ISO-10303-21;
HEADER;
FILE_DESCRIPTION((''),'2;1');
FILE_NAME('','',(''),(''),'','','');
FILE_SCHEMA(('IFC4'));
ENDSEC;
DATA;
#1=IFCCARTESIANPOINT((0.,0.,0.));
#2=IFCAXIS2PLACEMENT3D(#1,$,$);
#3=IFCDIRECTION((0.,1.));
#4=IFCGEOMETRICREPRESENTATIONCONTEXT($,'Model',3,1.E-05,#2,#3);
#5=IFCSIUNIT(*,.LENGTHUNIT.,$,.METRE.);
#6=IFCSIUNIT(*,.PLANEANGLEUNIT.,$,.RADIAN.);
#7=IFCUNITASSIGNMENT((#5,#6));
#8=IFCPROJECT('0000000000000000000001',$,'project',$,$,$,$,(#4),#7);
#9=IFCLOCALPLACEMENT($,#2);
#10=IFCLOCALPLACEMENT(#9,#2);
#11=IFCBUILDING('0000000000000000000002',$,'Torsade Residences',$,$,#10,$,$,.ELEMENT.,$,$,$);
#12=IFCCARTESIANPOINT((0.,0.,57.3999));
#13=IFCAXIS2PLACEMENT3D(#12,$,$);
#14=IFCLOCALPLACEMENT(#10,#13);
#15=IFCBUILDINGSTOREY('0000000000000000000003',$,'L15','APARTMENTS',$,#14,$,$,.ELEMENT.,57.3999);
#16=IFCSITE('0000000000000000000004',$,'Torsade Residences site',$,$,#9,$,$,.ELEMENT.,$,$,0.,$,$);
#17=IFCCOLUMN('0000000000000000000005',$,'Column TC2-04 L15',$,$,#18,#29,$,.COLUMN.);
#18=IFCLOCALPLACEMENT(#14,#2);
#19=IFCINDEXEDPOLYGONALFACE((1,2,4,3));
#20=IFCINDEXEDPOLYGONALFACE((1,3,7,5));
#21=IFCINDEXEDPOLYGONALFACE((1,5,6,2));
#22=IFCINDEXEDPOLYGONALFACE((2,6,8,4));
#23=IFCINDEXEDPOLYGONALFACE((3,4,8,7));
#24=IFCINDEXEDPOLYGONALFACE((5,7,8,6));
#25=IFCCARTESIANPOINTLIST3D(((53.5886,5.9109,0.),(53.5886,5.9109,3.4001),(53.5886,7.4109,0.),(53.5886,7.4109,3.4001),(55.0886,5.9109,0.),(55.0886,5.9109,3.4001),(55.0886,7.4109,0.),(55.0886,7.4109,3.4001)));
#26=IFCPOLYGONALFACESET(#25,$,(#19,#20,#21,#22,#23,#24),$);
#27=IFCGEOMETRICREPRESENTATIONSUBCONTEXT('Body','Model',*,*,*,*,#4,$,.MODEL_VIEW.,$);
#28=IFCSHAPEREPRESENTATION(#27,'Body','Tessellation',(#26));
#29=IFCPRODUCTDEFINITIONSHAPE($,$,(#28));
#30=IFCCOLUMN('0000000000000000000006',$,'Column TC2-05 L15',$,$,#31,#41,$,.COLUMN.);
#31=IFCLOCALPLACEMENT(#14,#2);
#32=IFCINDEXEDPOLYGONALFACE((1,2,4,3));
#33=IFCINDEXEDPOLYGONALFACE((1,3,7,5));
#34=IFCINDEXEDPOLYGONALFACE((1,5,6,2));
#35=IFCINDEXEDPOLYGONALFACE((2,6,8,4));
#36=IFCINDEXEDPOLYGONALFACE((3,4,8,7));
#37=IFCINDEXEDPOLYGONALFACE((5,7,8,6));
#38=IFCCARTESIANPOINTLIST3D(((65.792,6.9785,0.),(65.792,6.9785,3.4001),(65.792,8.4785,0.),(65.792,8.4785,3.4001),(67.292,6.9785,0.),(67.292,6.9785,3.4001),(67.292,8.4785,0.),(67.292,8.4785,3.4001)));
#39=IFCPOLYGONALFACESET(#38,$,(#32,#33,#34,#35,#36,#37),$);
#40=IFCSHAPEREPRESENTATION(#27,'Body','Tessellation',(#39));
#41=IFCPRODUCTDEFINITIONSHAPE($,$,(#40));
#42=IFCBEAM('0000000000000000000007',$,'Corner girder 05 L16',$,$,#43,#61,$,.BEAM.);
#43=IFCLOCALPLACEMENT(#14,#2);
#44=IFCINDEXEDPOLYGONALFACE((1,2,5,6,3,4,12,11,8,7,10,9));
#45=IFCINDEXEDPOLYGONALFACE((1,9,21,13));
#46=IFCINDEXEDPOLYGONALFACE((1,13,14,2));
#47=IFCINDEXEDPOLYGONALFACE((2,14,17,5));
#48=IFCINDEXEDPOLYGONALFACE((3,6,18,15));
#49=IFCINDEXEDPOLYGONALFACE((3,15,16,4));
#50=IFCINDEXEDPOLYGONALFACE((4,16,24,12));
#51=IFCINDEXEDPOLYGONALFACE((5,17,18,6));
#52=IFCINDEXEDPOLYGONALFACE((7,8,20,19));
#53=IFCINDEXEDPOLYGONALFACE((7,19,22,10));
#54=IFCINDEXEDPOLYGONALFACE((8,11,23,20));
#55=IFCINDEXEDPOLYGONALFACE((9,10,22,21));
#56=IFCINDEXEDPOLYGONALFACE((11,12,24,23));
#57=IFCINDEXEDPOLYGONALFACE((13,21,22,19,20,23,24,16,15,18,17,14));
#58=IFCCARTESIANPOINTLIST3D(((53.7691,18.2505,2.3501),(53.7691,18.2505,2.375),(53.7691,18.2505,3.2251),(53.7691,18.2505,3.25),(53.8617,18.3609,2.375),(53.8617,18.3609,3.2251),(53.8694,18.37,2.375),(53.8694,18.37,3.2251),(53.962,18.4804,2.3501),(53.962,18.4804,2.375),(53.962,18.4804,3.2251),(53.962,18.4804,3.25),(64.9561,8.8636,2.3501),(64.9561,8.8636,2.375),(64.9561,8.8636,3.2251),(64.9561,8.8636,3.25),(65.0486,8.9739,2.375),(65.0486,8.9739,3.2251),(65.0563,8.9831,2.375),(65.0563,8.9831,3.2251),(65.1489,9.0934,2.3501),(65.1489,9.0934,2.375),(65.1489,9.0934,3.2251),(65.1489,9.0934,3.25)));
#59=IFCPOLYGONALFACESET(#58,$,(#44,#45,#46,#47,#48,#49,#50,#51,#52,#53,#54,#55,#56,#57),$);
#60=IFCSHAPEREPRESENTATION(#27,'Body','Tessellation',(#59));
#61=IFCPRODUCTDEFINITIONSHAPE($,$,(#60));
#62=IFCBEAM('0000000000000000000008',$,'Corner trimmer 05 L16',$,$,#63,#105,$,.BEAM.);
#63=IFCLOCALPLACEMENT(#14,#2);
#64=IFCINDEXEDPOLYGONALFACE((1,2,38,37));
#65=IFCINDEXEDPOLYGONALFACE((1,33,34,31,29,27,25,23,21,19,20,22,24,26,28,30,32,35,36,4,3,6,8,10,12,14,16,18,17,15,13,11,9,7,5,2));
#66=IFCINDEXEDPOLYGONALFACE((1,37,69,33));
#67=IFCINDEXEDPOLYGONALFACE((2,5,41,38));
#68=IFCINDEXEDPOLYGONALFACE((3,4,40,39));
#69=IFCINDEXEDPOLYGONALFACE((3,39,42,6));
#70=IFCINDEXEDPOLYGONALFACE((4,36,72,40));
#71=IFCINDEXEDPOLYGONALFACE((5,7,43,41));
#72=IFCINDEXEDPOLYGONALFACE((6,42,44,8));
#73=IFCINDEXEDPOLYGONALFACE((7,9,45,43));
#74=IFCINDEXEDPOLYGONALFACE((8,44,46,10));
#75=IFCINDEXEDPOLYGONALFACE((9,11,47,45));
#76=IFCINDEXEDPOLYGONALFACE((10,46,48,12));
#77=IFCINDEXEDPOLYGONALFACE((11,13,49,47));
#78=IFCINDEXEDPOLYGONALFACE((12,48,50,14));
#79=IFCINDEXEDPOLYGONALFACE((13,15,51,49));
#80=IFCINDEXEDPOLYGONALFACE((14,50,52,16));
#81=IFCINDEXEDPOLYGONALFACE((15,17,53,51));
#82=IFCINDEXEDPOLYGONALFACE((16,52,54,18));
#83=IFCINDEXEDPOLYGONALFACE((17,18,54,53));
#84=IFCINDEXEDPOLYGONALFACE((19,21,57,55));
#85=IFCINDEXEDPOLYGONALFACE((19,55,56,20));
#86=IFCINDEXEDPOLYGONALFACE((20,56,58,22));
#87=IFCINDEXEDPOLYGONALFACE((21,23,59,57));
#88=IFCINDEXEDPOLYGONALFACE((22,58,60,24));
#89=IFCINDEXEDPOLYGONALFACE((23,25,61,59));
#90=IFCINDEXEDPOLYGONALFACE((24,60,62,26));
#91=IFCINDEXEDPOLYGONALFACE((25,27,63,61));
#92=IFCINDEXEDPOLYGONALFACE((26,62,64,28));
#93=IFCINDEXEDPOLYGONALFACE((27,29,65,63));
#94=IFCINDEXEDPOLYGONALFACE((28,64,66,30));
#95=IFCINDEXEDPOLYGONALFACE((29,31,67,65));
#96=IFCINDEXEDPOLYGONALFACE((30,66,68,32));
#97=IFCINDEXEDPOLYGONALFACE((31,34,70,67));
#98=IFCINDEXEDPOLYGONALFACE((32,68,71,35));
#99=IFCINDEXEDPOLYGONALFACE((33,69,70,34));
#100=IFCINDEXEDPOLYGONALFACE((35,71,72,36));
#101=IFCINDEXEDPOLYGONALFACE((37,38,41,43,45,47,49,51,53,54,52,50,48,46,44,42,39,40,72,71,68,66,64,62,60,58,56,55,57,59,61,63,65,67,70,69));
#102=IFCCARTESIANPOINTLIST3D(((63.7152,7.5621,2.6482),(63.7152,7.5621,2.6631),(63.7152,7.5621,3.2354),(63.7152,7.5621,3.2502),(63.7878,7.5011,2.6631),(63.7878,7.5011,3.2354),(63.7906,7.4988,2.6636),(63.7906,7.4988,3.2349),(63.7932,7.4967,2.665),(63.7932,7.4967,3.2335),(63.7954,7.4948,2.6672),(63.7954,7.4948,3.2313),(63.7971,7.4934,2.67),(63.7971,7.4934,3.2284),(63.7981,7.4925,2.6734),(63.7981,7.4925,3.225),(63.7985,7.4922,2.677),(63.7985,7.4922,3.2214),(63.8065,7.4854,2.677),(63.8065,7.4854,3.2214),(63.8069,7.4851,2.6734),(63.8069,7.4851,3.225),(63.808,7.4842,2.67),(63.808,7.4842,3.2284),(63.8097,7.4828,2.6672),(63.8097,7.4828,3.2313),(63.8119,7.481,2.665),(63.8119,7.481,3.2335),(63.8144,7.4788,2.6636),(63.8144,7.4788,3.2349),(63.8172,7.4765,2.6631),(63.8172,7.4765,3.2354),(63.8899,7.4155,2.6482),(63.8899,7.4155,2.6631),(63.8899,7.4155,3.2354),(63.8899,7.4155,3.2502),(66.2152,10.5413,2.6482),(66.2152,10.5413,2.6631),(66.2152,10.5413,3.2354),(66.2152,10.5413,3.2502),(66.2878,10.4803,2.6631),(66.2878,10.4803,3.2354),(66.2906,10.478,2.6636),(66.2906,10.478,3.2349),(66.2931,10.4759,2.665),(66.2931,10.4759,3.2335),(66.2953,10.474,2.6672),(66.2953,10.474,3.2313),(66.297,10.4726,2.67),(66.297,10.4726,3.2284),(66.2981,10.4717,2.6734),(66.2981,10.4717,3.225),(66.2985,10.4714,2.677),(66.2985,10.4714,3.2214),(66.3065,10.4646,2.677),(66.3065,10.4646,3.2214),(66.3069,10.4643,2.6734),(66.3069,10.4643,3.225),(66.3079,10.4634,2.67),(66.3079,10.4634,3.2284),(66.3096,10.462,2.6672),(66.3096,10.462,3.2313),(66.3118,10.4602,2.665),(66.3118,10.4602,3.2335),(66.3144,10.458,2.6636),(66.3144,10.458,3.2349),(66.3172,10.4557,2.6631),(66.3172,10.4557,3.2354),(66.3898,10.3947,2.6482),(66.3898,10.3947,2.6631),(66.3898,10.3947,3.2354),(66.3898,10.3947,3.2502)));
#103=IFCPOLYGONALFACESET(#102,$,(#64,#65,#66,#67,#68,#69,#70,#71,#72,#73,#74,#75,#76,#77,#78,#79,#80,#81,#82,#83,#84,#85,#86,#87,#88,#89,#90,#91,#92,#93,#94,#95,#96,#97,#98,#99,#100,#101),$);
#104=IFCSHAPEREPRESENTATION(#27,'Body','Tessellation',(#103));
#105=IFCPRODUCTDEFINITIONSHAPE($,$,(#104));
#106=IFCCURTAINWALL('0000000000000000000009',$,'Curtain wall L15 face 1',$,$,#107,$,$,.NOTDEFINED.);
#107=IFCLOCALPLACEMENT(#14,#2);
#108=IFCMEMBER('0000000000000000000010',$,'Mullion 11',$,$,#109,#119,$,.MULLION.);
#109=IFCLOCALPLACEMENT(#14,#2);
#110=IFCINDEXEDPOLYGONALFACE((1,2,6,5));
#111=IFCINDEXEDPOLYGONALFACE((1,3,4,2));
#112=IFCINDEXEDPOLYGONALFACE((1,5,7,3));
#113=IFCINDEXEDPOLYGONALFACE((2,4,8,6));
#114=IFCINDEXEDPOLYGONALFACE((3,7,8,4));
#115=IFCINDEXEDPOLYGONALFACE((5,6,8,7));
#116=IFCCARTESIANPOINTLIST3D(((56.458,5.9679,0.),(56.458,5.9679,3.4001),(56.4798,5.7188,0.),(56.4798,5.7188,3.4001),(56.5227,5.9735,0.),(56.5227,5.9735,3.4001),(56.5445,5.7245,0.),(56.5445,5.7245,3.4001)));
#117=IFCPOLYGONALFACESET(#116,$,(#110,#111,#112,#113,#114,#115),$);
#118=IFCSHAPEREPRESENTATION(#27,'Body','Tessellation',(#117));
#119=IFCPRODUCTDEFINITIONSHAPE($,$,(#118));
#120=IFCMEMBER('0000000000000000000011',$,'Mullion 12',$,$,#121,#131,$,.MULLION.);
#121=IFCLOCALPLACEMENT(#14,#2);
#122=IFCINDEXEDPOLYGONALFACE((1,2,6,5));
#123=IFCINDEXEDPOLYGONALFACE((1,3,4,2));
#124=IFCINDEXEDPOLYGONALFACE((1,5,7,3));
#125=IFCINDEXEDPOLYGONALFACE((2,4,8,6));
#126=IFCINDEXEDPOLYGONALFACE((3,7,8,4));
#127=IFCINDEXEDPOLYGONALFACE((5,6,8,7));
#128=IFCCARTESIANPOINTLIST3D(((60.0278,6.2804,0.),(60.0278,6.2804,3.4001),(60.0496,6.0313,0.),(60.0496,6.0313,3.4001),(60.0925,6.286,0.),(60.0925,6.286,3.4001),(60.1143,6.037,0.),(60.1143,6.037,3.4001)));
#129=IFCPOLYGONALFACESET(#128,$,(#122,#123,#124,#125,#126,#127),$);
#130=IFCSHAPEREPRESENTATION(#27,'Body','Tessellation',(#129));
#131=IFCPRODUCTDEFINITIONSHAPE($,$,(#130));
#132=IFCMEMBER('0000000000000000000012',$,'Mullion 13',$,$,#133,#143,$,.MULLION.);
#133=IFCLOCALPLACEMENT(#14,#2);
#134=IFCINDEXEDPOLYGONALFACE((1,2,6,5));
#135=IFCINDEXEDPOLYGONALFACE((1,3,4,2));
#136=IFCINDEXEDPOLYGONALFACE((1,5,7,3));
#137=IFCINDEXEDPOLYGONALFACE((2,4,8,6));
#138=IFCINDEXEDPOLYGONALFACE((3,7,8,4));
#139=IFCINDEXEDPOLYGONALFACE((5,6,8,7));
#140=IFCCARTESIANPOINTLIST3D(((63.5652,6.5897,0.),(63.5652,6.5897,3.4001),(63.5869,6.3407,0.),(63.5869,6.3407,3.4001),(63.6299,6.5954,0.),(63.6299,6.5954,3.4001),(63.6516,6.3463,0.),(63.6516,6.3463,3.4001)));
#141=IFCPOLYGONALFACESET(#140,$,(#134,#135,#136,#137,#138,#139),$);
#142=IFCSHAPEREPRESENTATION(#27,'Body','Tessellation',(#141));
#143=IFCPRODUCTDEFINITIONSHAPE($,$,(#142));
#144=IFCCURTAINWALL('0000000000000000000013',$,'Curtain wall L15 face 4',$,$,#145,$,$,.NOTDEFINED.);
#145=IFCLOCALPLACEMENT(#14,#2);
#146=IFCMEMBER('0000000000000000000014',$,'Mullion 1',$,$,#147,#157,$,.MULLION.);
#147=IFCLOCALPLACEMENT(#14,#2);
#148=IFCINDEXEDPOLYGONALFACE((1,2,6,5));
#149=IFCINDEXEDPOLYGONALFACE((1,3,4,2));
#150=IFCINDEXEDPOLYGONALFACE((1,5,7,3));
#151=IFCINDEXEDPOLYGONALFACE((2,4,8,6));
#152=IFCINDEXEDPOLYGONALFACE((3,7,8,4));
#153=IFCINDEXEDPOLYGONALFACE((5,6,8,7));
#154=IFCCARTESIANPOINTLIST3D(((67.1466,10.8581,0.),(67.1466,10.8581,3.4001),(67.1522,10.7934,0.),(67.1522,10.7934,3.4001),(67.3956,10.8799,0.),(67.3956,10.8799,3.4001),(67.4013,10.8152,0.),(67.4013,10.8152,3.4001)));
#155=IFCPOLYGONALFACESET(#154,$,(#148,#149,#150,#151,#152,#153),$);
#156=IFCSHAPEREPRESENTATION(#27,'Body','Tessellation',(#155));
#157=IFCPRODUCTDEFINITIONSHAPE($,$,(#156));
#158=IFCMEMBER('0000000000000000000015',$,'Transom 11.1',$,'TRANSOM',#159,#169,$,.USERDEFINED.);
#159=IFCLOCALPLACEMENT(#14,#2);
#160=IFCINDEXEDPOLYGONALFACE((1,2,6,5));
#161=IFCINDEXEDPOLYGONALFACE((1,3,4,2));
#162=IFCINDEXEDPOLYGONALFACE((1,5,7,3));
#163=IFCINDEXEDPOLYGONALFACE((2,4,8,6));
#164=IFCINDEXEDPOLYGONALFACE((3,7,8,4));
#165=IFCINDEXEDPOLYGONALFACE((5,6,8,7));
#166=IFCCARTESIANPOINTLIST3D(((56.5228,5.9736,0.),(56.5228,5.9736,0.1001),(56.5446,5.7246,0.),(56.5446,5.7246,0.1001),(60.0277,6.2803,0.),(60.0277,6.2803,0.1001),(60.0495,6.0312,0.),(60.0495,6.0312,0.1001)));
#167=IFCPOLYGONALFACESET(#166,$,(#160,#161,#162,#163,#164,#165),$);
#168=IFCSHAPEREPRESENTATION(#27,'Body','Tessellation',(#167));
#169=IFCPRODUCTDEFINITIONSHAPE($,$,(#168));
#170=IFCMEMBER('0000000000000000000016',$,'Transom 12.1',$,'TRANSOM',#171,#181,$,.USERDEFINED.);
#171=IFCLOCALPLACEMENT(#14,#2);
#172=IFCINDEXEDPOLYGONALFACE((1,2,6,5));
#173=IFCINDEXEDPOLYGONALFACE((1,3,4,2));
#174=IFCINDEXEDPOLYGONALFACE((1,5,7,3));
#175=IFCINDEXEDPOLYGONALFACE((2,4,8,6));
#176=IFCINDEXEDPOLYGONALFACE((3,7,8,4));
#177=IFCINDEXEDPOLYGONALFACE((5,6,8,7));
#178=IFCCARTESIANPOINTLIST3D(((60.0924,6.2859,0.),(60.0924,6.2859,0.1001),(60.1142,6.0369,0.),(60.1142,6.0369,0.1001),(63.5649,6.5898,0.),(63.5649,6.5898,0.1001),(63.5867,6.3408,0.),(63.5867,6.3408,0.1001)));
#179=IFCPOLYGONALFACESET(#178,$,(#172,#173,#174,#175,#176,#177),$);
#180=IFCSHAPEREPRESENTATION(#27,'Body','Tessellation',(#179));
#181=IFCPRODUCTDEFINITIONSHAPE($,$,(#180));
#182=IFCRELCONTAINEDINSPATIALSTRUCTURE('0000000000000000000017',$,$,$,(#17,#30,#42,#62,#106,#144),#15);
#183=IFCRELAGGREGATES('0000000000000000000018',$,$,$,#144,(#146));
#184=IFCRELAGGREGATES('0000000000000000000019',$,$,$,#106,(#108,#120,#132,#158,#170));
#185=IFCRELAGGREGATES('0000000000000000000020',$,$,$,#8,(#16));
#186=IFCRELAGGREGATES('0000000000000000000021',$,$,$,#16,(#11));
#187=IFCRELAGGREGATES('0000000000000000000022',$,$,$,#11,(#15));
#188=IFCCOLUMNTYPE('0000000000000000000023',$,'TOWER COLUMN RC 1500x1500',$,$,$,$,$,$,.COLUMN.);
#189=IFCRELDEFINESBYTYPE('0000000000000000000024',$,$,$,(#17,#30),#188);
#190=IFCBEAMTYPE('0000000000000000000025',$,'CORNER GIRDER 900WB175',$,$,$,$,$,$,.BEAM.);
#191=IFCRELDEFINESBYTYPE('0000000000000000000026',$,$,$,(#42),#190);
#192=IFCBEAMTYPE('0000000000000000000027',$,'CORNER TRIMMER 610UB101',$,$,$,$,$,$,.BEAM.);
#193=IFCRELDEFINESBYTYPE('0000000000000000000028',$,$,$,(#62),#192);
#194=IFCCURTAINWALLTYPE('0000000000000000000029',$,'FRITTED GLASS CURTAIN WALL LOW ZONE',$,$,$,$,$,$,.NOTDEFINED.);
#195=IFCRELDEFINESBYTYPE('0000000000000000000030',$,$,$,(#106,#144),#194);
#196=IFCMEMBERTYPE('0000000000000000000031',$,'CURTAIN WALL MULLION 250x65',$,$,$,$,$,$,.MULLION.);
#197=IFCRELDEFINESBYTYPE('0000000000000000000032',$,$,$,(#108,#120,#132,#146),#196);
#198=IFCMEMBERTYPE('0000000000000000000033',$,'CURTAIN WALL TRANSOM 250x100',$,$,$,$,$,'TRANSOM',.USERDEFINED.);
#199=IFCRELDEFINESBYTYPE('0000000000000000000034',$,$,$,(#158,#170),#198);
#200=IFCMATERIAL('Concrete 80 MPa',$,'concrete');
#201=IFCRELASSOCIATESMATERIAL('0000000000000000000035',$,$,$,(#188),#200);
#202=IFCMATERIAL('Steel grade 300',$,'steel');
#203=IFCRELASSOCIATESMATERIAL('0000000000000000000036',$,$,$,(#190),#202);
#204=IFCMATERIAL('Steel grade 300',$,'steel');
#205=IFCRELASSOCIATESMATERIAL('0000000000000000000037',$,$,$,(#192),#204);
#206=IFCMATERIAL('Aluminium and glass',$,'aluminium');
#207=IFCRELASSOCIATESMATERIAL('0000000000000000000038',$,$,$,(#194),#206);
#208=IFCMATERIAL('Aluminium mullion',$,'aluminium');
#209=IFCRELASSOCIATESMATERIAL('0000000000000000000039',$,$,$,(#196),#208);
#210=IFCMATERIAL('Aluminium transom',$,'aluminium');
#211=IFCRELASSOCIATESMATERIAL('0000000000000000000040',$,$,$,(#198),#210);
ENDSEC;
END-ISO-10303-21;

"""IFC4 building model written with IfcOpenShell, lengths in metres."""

from ifc_helpers import new_model, si_unit, direction, frame, origin, origin_2d, place, context, subcontext, project, spatial, rectangle, i_section, extrude, material, material_profile, profile_set, type_object, element, aggregate, save


model = new_model("IFC4")

# Units and contexts
model_context = context("Model", 3, precision=1e-05, world=origin(), true_north=direction((0.0, 1.0)))
body_context = subcontext(model_context, "Body", "Model", "MODEL_VIEW")
ifc_project = project(units=[si_unit("LENGTHUNIT", "METRE"), si_unit("PLANEANGLEUNIT", "RADIAN")], contexts=[model_context])

# Site, building, storey
site_placement = place(None, origin())
site = spatial("IfcSite", under=ifc_project, at=site_placement, Name="Torsade Residences site", CompositionType="ELEMENT", RefElevation=0.0)
building_placement = place(site_placement, origin())
building = spatial("IfcBuilding", under=site, at=building_placement, Name="Torsade Residences", CompositionType="ELEMENT")
storey_placement = place(building_placement, frame((0.0, 0.0, 57.3999)))
storey = spatial("IfcBuildingStorey", under=building, at=storey_placement, Name="L15", Description="APARTMENTS", CompositionType="ELEMENT", Elevation=57.3999)

# Columns
ifc_material_1 = material(Name="Concrete 80 MPa", Category="concrete")
ifc_material_profile_1 = material_profile(ifc_material_1, rectangle(XDim=1.5, YDim=1.5, at=origin_2d()), Name="RC 1500x1500")
ifc_profile_set_1 = profile_set([ifc_material_profile_1], Name="Concrete 80 MPa")
column_type = type_object("IfcColumnType", Name="TOWER COLUMN RC 1500x1500", PredefinedType="COLUMN", material=ifc_profile_set_1)
for number, where, z_axis, x_axis, name in (
    (1, (54.3386, 6.6609, 0.0), (0.0, 0.0, 1.0), (1.0, 0.0, 0.0), "Column TC2-04 L15"),
    (2, (66.542, 7.7285, 0.0), (0.0, 0.0, 1.0), (1.0, 0.0, 0.0), "Column TC2-05 L15"),
):
    element("IfcColumn", number, at=place(storey_placement, frame(where, z_axis=z_axis, x_axis=x_axis)), inside=storey, type_object=column_type, Name=name, PredefinedType="COLUMN", context=body_context, shape_type="SweptSolid", body=[
        extrude(rectangle(XDim=1.5, YDim=1.5, at=origin_2d()), origin(), (0.0, 0.0, 1.0), 3.4001),
    ])

# Beams
ifc_material_2 = material(Name="Steel grade 300", Category="steel")
ifc_material_profile_2 = material_profile(ifc_material_2, i_section(OverallWidth=0.3, OverallDepth=0.8999, WebThickness=0.012, FlangeThickness=0.0249, at=origin_2d()), Name="900WB175")
ifc_profile_set_2 = profile_set([ifc_material_profile_2], Name="Steel grade 300")
beam_type_1 = type_object("IfcBeamType", Name="CORNER GIRDER 900WB175", PredefinedType="BEAM", material=ifc_profile_set_2)
beam_1_placement = place(storey_placement, frame((65.0525, 8.9785, 2.8), z_axis=(-0.766046, 0.642785, 0.0), x_axis=(-0.642785, -0.766046, 0.0)))
element("IfcBeam", 3, at=beam_1_placement, inside=storey, type_object=beam_type_1, Name="Corner girder 05 L16", PredefinedType="BEAM", context=body_context, shape_type="SweptSolid", body=[
    extrude(i_section(OverallWidth=0.3, OverallDepth=0.8999, WebThickness=0.012, FlangeThickness=0.0249, at=origin_2d()), origin(), (0.0, 0.0, 1.0), 14.6035),
])
ifc_material_3 = material(Name="Steel grade 300", Category="steel")
ifc_material_profile_3 = material_profile(ifc_material_3, i_section(OverallWidth=0.228, OverallDepth=0.6021, WebThickness=0.0105, FlangeThickness=0.0149, FilletRadius=0.0139, at=origin_2d()), Name="610UB101")
ifc_profile_set_3 = profile_set([ifc_material_profile_3], Name="Steel grade 300")
beam_type_2 = type_object("IfcBeamType", Name="CORNER TRIMMER 610UB101", PredefinedType="BEAM", material=ifc_profile_set_3)
beam_2_placement = place(storey_placement, frame((66.3025, 10.468, 2.9492), z_axis=(-0.642805, -0.76603, 0.0), x_axis=(0.76603, -0.642805, 0.0)))
element("IfcBeam", 4, at=beam_2_placement, inside=storey, type_object=beam_type_2, Name="Corner trimmer 05 L16", PredefinedType="BEAM", context=body_context, shape_type="SweptSolid", body=[
    extrude(i_section(OverallWidth=0.228, OverallDepth=0.6021, WebThickness=0.0105, FlangeThickness=0.0149, FilletRadius=0.0139, at=origin_2d()), origin(), (0.0, 0.0, 1.0), 3.8892),
])

# Curtain wall, members
ifc_material_4 = material(Name="Aluminium and glass", Category="aluminium")
curtain_wall_type = type_object("IfcCurtainWallType", Name="FRITTED GLASS CURTAIN WALL LOW ZONE", PredefinedType="NOTDEFINED", material=ifc_material_4)
curtain_wall_1_placement = place(storey_placement, origin())
curtain_wall_1 = element("IfcCurtainWall", 5, at=curtain_wall_1_placement, inside=storey, type_object=curtain_wall_type, Name="Curtain wall L15 face 1", PredefinedType="NOTDEFINED")
ifc_material_5 = material(Name="Aluminium mullion", Category="aluminium")
ifc_material_profile_4 = material_profile(ifc_material_5, rectangle(XDim=0.25, YDim=0.0649, at=origin_2d()), Name="CURTAIN WALL MULLION 250x65")
ifc_profile_set_4 = profile_set([ifc_material_profile_4], Name="Aluminium mullion")
member_type_1 = type_object("IfcMemberType", Name="CURTAIN WALL MULLION 250x65", PredefinedType="MULLION", material=ifc_profile_set_4)
member_1_placement = place(storey_placement, frame((56.5012, 5.8462, 0.0), z_axis=(0.0, 0.0, 1.0), x_axis=(-0.087156, 0.996195, 0.0)))
member_1 = element("IfcMember", 6, at=member_1_placement, type_object=member_type_1, Name="Mullion 11", PredefinedType="MULLION", context=body_context, shape_type="SweptSolid", body=[
    extrude(rectangle(XDim=0.25, YDim=0.0649, at=origin_2d()), origin(), (0.0, 0.0, 1.0), 3.4001),
])
member_2_placement = place(storey_placement, frame((60.071, 6.1587, 0.0), z_axis=(0.0, 0.0, 1.0), x_axis=(-0.087156, 0.996195, 0.0)))
member_2 = element("IfcMember", 7, at=member_2_placement, type_object=member_type_1, Name="Mullion 12", PredefinedType="MULLION", context=body_context, shape_type="SweptSolid", body=[
    extrude(rectangle(XDim=0.25, YDim=0.0649, at=origin_2d()), origin(), (0.0, 0.0, 1.0), 3.4001),
])
member_3_placement = place(storey_placement, frame((63.6084, 6.468, 0.0), z_axis=(0.0, 0.0, 1.0), x_axis=(-0.087156, 0.996195, 0.0)))
member_3 = element("IfcMember", 8, at=member_3_placement, type_object=member_type_1, Name="Mullion 13", PredefinedType="MULLION", context=body_context, shape_type="SweptSolid", body=[
    extrude(rectangle(XDim=0.25, YDim=0.0649, at=origin_2d()), origin(), (0.0, 0.0, 1.0), 3.4001),
])

# Curtain wall, member
curtain_wall_2_placement = place(storey_placement, origin())
curtain_wall_2 = element("IfcCurtainWall", 9, at=curtain_wall_2_placement, inside=storey, type_object=curtain_wall_type, Name="Curtain wall L15 face 4", PredefinedType="NOTDEFINED")
member_4_placement = place(storey_placement, frame((67.2739, 10.8367, 0.0), z_axis=(0.0, 0.0, 1.0), x_axis=(-0.996195, -0.087156, 0.0)))
member_4 = element("IfcMember", 10, at=member_4_placement, type_object=member_type_1, Name="Mullion 1", PredefinedType="MULLION", context=body_context, shape_type="SweptSolid", body=[
    extrude(rectangle(XDim=0.25, YDim=0.0649, at=origin_2d()), origin(), (0.0, 0.0, 1.0), 3.4001),
])

# Members
ifc_material_6 = material(Name="Aluminium transom", Category="aluminium")
ifc_material_profile_5 = material_profile(ifc_material_6, rectangle(XDim=0.25, YDim=0.1001, at=origin_2d()), Name="CURTAIN WALL TRANSOM 250x100")
ifc_profile_set_5 = profile_set([ifc_material_profile_5], Name="Aluminium transom")
member_type_2 = type_object("IfcMemberType", Name="CURTAIN WALL TRANSOM 250x100", ElementType="TRANSOM", PredefinedType="USERDEFINED", material=ifc_profile_set_5)
member_5_placement = place(storey_placement, frame((56.5337, 5.8491, 0.05), z_axis=(0.996195, 0.087157, 0.0), x_axis=(-0.087157, 0.996195, 0.0)))
member_5 = element("IfcMember", 11, at=member_5_placement, type_object=member_type_2, Name="Transom 11.1", ObjectType="TRANSOM", PredefinedType="USERDEFINED", context=body_context, shape_type="SweptSolid", body=[
    extrude(rectangle(XDim=0.25, YDim=0.1001, at=origin_2d()), origin(), (0.0, 0.0, 1.0), 3.5183),
])
member_6_placement = place(storey_placement, frame((60.1033, 6.1614, 0.05), z_axis=(0.996191, 0.087195, 0.0), x_axis=(-0.087195, 0.996191, 0.0)))
member_6 = element("IfcMember", 12, at=member_6_placement, type_object=member_type_2, Name="Transom 12.1", ObjectType="TRANSOM", PredefinedType="USERDEFINED", context=body_context, shape_type="SweptSolid", body=[
    extrude(rectangle(XDim=0.25, YDim=0.1001, at=origin_2d()), origin(), (0.0, 0.0, 1.0), 3.4858),
])

aggregate(curtain_wall_2, [member_4])
aggregate(curtain_wall_1, [member_1, member_2, member_3, member_5, member_6])

save(model, "model.ifc")
